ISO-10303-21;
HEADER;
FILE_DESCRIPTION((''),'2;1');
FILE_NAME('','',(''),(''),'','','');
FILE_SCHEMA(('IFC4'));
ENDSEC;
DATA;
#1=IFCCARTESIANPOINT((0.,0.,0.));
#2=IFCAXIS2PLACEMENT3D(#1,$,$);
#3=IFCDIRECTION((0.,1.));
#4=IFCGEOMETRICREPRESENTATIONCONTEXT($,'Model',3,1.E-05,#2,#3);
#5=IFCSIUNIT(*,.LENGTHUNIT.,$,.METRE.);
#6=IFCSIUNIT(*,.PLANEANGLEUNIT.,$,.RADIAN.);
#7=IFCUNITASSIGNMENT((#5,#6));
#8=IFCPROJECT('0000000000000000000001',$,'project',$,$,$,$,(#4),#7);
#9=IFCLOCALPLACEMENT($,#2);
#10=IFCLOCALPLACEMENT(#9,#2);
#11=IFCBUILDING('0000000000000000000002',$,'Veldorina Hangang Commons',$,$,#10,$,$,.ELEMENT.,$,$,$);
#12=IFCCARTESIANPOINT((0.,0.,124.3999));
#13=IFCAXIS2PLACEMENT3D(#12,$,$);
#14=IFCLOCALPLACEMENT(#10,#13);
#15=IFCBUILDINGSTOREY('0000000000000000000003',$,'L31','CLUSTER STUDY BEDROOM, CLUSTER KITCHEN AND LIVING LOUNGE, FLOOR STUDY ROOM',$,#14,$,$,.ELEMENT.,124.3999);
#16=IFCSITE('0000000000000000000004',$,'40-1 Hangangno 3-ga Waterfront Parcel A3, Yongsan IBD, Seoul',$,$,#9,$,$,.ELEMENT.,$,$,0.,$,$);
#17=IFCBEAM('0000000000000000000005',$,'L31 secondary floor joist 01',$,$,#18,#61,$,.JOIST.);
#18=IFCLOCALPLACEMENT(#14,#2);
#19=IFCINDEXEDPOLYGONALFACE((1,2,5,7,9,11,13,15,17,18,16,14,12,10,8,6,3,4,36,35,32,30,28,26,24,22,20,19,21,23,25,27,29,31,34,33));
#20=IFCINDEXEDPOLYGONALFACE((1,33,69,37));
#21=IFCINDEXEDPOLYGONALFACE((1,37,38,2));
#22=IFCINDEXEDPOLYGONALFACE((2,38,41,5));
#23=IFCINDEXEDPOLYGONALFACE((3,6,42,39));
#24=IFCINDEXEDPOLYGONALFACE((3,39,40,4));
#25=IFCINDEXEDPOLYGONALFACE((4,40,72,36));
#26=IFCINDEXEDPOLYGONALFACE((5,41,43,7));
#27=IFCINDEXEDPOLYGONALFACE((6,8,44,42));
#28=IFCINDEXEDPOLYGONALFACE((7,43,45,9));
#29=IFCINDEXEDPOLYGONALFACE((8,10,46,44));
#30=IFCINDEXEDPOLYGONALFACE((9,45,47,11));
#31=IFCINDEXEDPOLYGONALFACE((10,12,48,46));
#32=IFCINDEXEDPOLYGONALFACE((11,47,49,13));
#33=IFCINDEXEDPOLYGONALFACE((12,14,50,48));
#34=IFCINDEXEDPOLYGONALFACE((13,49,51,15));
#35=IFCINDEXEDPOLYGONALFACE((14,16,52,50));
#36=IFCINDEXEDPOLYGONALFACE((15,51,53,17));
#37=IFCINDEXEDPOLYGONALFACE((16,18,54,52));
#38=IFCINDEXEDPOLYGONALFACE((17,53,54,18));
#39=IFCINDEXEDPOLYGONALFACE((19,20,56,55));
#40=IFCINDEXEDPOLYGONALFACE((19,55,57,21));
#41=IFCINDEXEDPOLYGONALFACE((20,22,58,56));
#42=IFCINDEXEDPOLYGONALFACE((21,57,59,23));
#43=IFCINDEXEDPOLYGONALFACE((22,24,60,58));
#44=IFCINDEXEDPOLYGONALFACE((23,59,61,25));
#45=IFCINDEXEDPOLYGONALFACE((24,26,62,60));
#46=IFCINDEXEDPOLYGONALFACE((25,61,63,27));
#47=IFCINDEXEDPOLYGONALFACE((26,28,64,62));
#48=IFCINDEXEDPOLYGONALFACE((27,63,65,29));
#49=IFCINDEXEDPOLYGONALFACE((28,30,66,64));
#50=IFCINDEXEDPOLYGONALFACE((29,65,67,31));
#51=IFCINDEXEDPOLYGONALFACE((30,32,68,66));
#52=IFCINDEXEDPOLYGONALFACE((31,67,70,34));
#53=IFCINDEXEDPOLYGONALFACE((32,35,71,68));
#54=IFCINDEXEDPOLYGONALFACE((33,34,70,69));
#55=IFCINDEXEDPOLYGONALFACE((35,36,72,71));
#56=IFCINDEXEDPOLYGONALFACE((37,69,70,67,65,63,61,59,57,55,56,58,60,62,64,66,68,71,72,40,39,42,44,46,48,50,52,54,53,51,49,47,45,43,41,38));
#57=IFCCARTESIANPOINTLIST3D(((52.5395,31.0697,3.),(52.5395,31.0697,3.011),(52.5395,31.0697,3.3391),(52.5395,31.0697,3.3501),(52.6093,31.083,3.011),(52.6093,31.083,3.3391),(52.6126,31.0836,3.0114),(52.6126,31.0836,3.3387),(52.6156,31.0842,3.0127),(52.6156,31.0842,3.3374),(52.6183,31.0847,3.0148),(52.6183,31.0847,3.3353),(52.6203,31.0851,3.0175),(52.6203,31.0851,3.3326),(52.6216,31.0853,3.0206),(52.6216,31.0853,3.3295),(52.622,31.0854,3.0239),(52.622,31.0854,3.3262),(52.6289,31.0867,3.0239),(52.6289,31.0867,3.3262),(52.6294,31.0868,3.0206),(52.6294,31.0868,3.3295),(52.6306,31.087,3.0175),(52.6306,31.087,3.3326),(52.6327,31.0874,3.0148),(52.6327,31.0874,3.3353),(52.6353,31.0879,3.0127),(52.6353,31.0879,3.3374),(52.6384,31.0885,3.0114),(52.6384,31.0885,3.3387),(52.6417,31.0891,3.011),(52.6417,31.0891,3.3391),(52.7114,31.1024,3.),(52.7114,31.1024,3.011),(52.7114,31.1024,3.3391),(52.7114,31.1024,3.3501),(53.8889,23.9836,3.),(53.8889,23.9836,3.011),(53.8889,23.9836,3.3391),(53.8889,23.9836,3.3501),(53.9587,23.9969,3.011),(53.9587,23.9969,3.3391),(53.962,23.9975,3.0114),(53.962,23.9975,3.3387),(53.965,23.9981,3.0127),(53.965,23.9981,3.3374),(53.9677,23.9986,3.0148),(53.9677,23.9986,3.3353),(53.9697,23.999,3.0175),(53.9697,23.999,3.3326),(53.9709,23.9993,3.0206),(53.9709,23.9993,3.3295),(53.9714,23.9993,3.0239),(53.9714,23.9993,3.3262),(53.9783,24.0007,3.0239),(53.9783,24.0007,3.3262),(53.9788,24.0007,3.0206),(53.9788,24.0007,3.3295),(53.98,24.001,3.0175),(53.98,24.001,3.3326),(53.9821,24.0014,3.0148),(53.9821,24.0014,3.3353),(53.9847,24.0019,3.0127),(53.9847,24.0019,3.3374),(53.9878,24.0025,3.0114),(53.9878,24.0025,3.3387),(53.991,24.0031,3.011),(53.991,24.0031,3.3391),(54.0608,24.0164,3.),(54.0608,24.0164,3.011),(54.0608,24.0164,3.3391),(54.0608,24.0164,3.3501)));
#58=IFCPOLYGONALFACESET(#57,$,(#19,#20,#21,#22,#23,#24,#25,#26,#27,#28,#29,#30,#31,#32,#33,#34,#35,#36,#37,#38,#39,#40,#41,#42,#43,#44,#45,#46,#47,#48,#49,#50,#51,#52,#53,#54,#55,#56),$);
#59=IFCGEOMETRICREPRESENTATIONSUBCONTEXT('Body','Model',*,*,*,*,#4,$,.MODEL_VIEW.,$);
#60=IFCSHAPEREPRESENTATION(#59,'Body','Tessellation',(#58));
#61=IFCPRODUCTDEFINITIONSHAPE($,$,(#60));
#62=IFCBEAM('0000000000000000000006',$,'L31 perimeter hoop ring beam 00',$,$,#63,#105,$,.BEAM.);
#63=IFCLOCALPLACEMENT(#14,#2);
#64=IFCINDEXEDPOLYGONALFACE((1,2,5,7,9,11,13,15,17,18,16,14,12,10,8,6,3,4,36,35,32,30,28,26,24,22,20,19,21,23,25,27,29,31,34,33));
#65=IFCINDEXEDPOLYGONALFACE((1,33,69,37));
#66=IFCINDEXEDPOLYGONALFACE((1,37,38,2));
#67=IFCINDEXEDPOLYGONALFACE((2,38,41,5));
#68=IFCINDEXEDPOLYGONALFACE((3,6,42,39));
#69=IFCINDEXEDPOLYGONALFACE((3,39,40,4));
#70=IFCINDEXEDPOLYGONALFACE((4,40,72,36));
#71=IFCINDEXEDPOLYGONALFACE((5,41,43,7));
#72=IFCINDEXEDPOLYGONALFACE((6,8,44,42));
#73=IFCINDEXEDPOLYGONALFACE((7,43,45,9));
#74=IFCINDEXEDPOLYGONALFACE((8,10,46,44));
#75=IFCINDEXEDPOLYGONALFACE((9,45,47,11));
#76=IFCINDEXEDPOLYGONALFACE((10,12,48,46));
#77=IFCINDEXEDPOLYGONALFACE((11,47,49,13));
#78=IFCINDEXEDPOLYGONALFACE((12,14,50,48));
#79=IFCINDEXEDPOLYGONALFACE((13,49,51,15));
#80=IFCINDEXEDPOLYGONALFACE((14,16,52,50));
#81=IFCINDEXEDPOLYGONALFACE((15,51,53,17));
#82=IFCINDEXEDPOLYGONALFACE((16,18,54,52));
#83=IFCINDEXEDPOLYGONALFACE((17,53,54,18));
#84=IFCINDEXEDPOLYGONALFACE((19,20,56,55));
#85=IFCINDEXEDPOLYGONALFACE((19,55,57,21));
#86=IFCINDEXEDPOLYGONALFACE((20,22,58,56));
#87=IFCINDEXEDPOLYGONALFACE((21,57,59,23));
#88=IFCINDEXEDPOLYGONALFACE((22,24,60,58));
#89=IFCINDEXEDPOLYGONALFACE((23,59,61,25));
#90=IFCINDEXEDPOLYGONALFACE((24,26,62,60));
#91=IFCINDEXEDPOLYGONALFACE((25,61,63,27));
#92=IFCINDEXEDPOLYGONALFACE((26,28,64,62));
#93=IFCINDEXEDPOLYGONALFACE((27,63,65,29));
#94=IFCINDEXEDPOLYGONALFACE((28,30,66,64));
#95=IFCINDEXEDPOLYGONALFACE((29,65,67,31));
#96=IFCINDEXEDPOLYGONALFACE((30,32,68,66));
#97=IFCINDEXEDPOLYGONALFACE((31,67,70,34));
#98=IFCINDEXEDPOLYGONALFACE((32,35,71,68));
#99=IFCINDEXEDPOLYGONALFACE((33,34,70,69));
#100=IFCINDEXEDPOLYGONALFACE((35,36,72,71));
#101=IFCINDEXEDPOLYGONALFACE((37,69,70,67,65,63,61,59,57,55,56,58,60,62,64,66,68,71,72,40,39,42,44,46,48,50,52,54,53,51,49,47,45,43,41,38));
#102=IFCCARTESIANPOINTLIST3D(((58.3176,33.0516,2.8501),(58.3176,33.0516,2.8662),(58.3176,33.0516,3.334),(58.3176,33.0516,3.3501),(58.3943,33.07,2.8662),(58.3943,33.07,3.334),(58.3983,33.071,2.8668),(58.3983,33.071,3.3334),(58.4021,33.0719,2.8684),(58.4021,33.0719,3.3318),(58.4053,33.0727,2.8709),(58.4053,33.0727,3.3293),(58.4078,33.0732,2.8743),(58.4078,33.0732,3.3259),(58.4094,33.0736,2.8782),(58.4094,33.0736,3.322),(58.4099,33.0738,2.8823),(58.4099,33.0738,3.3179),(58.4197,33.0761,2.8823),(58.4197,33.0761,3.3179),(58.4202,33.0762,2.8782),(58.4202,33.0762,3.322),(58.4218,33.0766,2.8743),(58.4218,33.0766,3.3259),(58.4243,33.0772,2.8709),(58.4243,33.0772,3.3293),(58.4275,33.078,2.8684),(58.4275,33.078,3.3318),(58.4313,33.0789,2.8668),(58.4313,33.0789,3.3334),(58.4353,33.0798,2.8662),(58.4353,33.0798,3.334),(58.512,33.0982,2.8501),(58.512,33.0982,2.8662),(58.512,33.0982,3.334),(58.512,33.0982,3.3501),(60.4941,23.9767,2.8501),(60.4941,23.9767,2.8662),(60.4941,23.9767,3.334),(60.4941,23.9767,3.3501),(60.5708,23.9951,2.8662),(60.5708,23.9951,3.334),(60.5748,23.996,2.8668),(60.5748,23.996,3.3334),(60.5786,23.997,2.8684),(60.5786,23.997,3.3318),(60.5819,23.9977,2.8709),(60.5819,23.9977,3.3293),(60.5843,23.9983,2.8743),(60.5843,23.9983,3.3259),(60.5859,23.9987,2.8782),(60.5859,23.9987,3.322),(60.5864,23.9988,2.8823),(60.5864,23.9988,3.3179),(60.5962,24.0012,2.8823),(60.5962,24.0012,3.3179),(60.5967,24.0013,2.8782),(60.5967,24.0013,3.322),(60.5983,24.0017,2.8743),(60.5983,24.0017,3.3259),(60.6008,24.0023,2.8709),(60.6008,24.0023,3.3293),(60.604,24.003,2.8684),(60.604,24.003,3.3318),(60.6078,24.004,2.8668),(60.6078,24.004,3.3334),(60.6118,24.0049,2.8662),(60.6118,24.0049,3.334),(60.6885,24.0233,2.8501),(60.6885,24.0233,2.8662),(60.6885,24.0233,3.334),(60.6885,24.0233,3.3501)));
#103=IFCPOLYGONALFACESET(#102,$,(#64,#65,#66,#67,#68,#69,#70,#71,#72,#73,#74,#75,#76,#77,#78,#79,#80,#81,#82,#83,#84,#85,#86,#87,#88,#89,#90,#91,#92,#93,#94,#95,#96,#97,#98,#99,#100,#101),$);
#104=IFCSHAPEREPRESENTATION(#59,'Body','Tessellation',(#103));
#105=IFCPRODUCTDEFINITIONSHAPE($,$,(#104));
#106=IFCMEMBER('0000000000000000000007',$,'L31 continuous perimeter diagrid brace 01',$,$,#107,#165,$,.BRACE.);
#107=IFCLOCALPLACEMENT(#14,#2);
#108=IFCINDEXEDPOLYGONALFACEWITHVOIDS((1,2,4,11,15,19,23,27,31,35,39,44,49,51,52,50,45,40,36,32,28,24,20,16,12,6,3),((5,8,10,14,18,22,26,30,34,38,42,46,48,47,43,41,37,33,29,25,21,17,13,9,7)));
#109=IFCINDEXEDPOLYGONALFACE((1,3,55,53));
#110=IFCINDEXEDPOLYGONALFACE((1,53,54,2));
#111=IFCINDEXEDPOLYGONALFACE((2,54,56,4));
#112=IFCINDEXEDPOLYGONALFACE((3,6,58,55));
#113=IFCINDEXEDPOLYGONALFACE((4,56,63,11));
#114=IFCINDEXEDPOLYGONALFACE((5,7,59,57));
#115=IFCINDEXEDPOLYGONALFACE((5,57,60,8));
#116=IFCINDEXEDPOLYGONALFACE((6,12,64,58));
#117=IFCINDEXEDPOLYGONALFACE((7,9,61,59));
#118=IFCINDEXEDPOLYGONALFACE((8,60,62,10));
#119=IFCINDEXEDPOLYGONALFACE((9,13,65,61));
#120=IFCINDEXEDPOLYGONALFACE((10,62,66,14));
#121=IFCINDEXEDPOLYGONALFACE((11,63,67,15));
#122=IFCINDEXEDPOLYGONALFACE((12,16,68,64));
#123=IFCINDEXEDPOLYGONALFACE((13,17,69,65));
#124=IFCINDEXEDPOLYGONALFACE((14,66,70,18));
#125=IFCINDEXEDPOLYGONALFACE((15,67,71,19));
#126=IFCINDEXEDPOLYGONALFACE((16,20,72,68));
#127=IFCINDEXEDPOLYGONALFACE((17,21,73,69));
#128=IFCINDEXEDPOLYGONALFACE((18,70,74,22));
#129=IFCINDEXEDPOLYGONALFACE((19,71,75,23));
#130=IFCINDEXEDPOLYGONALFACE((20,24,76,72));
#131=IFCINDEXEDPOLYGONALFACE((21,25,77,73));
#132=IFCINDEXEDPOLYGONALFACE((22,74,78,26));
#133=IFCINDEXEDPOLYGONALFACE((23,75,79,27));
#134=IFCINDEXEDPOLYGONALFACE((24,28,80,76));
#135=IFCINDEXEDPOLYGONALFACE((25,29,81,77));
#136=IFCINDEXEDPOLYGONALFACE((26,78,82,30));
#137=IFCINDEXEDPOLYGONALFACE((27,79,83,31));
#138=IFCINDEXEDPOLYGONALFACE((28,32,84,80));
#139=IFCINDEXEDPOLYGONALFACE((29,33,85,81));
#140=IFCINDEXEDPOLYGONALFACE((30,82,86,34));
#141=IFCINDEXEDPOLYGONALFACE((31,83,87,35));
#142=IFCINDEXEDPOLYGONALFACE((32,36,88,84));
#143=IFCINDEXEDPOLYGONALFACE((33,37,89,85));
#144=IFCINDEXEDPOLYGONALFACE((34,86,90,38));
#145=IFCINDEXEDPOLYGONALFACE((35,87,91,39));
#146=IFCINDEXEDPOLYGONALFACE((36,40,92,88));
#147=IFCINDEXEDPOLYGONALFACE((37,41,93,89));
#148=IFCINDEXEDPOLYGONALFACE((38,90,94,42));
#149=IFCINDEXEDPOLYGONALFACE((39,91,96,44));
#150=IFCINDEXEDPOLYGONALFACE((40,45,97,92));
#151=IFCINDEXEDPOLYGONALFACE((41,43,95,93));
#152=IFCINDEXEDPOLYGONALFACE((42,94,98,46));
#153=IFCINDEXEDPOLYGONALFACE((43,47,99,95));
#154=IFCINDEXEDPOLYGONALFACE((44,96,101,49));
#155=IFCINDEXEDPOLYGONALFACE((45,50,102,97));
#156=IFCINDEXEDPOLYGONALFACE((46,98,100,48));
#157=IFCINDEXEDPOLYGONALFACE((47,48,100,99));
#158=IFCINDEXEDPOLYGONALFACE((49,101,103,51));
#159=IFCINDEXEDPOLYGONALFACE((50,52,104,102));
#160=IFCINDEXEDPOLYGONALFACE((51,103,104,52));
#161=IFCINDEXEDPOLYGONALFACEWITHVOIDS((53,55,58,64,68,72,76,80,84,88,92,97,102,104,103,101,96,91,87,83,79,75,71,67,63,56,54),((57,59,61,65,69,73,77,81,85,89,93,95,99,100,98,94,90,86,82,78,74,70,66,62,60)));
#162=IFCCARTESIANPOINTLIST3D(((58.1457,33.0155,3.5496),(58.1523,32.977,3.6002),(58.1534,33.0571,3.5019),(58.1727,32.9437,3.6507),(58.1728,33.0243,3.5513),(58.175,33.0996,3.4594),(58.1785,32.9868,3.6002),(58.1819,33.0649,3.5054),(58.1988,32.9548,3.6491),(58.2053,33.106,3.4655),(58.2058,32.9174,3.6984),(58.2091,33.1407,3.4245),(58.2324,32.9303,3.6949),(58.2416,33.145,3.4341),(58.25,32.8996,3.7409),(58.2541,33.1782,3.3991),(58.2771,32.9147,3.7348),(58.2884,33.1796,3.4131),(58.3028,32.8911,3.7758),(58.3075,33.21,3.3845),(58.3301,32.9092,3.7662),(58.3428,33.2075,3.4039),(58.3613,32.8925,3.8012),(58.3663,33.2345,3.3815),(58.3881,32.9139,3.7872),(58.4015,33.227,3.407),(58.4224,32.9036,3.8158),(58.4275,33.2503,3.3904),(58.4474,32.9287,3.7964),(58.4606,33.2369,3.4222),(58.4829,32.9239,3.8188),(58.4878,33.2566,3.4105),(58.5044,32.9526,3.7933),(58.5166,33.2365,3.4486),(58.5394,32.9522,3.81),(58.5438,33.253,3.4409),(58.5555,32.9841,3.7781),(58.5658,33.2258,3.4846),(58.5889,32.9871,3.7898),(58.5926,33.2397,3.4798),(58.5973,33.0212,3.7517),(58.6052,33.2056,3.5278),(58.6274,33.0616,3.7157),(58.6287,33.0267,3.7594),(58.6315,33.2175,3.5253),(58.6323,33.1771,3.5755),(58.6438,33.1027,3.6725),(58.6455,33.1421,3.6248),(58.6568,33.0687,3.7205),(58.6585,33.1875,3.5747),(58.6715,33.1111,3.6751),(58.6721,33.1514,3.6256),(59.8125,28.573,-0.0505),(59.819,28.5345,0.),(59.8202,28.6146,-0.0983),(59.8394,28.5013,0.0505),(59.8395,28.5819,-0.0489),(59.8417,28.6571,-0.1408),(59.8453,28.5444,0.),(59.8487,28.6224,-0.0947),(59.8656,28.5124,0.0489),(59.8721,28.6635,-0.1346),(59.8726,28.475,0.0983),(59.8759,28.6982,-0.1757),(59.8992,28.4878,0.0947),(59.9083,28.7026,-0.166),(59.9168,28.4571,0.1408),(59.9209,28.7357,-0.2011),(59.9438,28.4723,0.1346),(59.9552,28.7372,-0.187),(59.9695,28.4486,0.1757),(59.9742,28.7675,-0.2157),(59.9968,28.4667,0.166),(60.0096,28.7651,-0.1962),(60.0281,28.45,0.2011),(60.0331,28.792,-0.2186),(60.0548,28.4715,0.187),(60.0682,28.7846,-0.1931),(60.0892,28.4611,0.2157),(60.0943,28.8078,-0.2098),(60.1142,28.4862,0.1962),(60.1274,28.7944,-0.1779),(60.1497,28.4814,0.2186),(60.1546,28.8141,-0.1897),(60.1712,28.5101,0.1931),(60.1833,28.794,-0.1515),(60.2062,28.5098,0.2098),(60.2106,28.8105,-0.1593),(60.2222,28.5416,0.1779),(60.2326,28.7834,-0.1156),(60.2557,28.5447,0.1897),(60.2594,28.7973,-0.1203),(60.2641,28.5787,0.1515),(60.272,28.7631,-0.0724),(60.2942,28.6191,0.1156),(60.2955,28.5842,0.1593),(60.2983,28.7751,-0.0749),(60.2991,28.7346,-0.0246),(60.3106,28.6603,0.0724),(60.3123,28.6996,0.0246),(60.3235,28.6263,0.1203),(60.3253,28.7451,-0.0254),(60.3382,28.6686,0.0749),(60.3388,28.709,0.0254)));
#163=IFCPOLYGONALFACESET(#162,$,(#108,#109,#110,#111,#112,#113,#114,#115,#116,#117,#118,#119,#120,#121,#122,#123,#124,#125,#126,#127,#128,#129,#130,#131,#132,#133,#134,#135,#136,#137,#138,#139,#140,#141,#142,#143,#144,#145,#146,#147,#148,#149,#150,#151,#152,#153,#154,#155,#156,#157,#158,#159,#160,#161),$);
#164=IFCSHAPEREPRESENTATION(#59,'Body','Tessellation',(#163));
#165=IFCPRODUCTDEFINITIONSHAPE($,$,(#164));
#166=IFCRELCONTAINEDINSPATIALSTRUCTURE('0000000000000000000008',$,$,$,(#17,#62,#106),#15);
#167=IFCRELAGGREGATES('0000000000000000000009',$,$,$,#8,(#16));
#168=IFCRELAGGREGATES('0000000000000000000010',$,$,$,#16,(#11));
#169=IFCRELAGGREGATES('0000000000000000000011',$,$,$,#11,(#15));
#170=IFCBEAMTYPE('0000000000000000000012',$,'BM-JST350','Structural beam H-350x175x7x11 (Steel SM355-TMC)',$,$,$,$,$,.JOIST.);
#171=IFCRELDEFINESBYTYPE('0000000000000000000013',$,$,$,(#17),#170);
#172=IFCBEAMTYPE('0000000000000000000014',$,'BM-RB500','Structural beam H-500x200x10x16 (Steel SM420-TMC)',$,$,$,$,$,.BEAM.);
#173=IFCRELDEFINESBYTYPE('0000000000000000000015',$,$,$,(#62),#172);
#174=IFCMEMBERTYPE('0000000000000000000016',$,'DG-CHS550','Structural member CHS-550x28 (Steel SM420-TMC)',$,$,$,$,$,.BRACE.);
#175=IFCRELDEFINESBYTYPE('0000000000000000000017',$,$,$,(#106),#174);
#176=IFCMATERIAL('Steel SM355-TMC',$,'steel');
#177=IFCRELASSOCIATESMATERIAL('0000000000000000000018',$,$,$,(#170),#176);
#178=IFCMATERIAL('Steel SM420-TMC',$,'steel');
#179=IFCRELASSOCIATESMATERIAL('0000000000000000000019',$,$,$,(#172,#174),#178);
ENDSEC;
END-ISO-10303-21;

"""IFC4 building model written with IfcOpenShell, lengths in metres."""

from ifc_helpers import new_model, si_unit, direction, frame, origin, origin_2d, place, context, subcontext, project, spatial, hollow_circle, i_section, extrude, material, material_profile, profile_set, type_object, element, save


model = new_model("IFC4")

# Units and contexts
model_context = context("Model", 3, precision=1e-05, world=origin(), true_north=direction((0.0, 1.0)))
body_context = subcontext(model_context, "Body", "Model", "MODEL_VIEW")
ifc_project = project(units=[si_unit("LENGTHUNIT", "METRE"), si_unit("PLANEANGLEUNIT", "RADIAN")], contexts=[model_context])

# Site, building, storey
site_placement = place(None, origin())
site = spatial("IfcSite", under=ifc_project, at=site_placement, Name="40-1 Hangangno 3-ga Waterfront Parcel A3, Yongsan IBD, Seoul", CompositionType="ELEMENT", RefElevation=0.0)
building_placement = place(site_placement, origin())
building = spatial("IfcBuilding", under=site, at=building_placement, Name="Veldorina Hangang Commons", CompositionType="ELEMENT")
storey_placement = place(building_placement, frame((0.0, 0.0, 124.3999)))
storey = spatial("IfcBuildingStorey", under=building, at=storey_placement, Name="L31", Description="CLUSTER STUDY BEDROOM, CLUSTER KITCHEN AND LIVING LOUNGE, FLOOR STUDY ROOM", CompositionType="ELEMENT", Elevation=124.3999)

# Beams
ifc_material_1 = material(Name="Steel SM355-TMC", Category="steel")
ifc_material_profile_1 = material_profile(ifc_material_1, i_section(OverallWidth=0.175, OverallDepth=0.3501, WebThickness=0.0071, FlangeThickness=0.011, FilletRadius=0.0129, at=origin_2d()), Name="H-350x175x7x11")
ifc_profile_set_1 = profile_set([ifc_material_profile_1], Name="Steel SM355-TMC")
beam_type_1 = type_object("IfcBeamType", Name="BM-JST350", Description="Structural beam H-350x175x7x11 (Steel SM355-TMC)", PredefinedType="JOIST", material=ifc_profile_set_1)
beam_1_placement = place(storey_placement, frame((53.9749, 24.0, 3.175), z_axis=(-0.187067, 0.982347, 0.0), x_axis=(-0.982347, -0.187067, 0.0)))
element("IfcBeam", 1, at=beam_1_placement, inside=storey, type_object=beam_type_1, Name="L31 secondary floor joist 01", PredefinedType="JOIST", context=body_context, shape_type="SweptSolid", body=[
    extrude(i_section(OverallWidth=0.175, OverallDepth=0.3501, WebThickness=0.0071, FlangeThickness=0.011, FilletRadius=0.0129, at=origin_2d()), origin(), (0.0, 0.0, 1.0), 7.2134),
])
ifc_material_2 = material(Name="Steel SM420-TMC", Category="steel")
ifc_material_profile_2 = material_profile(ifc_material_2, i_section(OverallWidth=0.2, OverallDepth=0.5, WebThickness=0.01, FlangeThickness=0.0161, FilletRadius=0.0161, at=origin_2d()), Name="H-500x200x10x16")
ifc_profile_set_2 = profile_set([ifc_material_profile_2], Name="Steel SM420-TMC")
beam_type_2 = type_object("IfcBeamType", Name="BM-RB500", Description="Structural beam H-500x200x10x16 (Steel SM420-TMC)", PredefinedType="BEAM", material=ifc_profile_set_2)
beam_2_placement = place(storey_placement, frame((60.5913, 24.0, 3.1001), z_axis=(-0.233224, 0.972423, 0.0), x_axis=(-0.972423, -0.233224, 0.0)))
element("IfcBeam", 2, at=beam_2_placement, inside=storey, type_object=beam_type_2, Name="L31 perimeter hoop ring beam 00", PredefinedType="BEAM", context=body_context, shape_type="SweptSolid", body=[
    extrude(i_section(OverallWidth=0.2, OverallDepth=0.5, WebThickness=0.01, FlangeThickness=0.0161, FilletRadius=0.0161, at=origin_2d()), origin(), (0.0, 0.0, 1.0), 9.3323),
])

# Member
ifc_material_profile_3 = material_profile(ifc_material_2, hollow_circle(Radius=0.2749, WallThickness=0.0281, at=origin_2d()), Name="CHS-550x28")
ifc_profile_set_3 = profile_set([ifc_material_profile_3], Name="Steel SM420-TMC")
member_type = type_object("IfcMemberType", Name="DG-CHS550", Description="Structural member CHS-550x28 (Steel SM420-TMC)", PredefinedType="BRACE", material=ifc_profile_set_3)
member_1_placement = place(storey_placement, frame((60.0764, 28.6311, 0.0), z_axis=(-0.279845, 0.745871, 0.604452), x_axis=(-0.93627, -0.351281, 0.0)))
element("IfcMember", 3, at=member_1_placement, inside=storey, type_object=member_type, Name="L31 continuous perimeter diagrid brace 01", PredefinedType="BRACE", context=body_context, shape_type="SweptSolid", body=[
    extrude(hollow_circle(Radius=0.2749, WallThickness=0.0281, at=origin_2d()), origin(), (0.0, 0.0, 1.0), 5.9561),
])

save(model, "model.ifc")
